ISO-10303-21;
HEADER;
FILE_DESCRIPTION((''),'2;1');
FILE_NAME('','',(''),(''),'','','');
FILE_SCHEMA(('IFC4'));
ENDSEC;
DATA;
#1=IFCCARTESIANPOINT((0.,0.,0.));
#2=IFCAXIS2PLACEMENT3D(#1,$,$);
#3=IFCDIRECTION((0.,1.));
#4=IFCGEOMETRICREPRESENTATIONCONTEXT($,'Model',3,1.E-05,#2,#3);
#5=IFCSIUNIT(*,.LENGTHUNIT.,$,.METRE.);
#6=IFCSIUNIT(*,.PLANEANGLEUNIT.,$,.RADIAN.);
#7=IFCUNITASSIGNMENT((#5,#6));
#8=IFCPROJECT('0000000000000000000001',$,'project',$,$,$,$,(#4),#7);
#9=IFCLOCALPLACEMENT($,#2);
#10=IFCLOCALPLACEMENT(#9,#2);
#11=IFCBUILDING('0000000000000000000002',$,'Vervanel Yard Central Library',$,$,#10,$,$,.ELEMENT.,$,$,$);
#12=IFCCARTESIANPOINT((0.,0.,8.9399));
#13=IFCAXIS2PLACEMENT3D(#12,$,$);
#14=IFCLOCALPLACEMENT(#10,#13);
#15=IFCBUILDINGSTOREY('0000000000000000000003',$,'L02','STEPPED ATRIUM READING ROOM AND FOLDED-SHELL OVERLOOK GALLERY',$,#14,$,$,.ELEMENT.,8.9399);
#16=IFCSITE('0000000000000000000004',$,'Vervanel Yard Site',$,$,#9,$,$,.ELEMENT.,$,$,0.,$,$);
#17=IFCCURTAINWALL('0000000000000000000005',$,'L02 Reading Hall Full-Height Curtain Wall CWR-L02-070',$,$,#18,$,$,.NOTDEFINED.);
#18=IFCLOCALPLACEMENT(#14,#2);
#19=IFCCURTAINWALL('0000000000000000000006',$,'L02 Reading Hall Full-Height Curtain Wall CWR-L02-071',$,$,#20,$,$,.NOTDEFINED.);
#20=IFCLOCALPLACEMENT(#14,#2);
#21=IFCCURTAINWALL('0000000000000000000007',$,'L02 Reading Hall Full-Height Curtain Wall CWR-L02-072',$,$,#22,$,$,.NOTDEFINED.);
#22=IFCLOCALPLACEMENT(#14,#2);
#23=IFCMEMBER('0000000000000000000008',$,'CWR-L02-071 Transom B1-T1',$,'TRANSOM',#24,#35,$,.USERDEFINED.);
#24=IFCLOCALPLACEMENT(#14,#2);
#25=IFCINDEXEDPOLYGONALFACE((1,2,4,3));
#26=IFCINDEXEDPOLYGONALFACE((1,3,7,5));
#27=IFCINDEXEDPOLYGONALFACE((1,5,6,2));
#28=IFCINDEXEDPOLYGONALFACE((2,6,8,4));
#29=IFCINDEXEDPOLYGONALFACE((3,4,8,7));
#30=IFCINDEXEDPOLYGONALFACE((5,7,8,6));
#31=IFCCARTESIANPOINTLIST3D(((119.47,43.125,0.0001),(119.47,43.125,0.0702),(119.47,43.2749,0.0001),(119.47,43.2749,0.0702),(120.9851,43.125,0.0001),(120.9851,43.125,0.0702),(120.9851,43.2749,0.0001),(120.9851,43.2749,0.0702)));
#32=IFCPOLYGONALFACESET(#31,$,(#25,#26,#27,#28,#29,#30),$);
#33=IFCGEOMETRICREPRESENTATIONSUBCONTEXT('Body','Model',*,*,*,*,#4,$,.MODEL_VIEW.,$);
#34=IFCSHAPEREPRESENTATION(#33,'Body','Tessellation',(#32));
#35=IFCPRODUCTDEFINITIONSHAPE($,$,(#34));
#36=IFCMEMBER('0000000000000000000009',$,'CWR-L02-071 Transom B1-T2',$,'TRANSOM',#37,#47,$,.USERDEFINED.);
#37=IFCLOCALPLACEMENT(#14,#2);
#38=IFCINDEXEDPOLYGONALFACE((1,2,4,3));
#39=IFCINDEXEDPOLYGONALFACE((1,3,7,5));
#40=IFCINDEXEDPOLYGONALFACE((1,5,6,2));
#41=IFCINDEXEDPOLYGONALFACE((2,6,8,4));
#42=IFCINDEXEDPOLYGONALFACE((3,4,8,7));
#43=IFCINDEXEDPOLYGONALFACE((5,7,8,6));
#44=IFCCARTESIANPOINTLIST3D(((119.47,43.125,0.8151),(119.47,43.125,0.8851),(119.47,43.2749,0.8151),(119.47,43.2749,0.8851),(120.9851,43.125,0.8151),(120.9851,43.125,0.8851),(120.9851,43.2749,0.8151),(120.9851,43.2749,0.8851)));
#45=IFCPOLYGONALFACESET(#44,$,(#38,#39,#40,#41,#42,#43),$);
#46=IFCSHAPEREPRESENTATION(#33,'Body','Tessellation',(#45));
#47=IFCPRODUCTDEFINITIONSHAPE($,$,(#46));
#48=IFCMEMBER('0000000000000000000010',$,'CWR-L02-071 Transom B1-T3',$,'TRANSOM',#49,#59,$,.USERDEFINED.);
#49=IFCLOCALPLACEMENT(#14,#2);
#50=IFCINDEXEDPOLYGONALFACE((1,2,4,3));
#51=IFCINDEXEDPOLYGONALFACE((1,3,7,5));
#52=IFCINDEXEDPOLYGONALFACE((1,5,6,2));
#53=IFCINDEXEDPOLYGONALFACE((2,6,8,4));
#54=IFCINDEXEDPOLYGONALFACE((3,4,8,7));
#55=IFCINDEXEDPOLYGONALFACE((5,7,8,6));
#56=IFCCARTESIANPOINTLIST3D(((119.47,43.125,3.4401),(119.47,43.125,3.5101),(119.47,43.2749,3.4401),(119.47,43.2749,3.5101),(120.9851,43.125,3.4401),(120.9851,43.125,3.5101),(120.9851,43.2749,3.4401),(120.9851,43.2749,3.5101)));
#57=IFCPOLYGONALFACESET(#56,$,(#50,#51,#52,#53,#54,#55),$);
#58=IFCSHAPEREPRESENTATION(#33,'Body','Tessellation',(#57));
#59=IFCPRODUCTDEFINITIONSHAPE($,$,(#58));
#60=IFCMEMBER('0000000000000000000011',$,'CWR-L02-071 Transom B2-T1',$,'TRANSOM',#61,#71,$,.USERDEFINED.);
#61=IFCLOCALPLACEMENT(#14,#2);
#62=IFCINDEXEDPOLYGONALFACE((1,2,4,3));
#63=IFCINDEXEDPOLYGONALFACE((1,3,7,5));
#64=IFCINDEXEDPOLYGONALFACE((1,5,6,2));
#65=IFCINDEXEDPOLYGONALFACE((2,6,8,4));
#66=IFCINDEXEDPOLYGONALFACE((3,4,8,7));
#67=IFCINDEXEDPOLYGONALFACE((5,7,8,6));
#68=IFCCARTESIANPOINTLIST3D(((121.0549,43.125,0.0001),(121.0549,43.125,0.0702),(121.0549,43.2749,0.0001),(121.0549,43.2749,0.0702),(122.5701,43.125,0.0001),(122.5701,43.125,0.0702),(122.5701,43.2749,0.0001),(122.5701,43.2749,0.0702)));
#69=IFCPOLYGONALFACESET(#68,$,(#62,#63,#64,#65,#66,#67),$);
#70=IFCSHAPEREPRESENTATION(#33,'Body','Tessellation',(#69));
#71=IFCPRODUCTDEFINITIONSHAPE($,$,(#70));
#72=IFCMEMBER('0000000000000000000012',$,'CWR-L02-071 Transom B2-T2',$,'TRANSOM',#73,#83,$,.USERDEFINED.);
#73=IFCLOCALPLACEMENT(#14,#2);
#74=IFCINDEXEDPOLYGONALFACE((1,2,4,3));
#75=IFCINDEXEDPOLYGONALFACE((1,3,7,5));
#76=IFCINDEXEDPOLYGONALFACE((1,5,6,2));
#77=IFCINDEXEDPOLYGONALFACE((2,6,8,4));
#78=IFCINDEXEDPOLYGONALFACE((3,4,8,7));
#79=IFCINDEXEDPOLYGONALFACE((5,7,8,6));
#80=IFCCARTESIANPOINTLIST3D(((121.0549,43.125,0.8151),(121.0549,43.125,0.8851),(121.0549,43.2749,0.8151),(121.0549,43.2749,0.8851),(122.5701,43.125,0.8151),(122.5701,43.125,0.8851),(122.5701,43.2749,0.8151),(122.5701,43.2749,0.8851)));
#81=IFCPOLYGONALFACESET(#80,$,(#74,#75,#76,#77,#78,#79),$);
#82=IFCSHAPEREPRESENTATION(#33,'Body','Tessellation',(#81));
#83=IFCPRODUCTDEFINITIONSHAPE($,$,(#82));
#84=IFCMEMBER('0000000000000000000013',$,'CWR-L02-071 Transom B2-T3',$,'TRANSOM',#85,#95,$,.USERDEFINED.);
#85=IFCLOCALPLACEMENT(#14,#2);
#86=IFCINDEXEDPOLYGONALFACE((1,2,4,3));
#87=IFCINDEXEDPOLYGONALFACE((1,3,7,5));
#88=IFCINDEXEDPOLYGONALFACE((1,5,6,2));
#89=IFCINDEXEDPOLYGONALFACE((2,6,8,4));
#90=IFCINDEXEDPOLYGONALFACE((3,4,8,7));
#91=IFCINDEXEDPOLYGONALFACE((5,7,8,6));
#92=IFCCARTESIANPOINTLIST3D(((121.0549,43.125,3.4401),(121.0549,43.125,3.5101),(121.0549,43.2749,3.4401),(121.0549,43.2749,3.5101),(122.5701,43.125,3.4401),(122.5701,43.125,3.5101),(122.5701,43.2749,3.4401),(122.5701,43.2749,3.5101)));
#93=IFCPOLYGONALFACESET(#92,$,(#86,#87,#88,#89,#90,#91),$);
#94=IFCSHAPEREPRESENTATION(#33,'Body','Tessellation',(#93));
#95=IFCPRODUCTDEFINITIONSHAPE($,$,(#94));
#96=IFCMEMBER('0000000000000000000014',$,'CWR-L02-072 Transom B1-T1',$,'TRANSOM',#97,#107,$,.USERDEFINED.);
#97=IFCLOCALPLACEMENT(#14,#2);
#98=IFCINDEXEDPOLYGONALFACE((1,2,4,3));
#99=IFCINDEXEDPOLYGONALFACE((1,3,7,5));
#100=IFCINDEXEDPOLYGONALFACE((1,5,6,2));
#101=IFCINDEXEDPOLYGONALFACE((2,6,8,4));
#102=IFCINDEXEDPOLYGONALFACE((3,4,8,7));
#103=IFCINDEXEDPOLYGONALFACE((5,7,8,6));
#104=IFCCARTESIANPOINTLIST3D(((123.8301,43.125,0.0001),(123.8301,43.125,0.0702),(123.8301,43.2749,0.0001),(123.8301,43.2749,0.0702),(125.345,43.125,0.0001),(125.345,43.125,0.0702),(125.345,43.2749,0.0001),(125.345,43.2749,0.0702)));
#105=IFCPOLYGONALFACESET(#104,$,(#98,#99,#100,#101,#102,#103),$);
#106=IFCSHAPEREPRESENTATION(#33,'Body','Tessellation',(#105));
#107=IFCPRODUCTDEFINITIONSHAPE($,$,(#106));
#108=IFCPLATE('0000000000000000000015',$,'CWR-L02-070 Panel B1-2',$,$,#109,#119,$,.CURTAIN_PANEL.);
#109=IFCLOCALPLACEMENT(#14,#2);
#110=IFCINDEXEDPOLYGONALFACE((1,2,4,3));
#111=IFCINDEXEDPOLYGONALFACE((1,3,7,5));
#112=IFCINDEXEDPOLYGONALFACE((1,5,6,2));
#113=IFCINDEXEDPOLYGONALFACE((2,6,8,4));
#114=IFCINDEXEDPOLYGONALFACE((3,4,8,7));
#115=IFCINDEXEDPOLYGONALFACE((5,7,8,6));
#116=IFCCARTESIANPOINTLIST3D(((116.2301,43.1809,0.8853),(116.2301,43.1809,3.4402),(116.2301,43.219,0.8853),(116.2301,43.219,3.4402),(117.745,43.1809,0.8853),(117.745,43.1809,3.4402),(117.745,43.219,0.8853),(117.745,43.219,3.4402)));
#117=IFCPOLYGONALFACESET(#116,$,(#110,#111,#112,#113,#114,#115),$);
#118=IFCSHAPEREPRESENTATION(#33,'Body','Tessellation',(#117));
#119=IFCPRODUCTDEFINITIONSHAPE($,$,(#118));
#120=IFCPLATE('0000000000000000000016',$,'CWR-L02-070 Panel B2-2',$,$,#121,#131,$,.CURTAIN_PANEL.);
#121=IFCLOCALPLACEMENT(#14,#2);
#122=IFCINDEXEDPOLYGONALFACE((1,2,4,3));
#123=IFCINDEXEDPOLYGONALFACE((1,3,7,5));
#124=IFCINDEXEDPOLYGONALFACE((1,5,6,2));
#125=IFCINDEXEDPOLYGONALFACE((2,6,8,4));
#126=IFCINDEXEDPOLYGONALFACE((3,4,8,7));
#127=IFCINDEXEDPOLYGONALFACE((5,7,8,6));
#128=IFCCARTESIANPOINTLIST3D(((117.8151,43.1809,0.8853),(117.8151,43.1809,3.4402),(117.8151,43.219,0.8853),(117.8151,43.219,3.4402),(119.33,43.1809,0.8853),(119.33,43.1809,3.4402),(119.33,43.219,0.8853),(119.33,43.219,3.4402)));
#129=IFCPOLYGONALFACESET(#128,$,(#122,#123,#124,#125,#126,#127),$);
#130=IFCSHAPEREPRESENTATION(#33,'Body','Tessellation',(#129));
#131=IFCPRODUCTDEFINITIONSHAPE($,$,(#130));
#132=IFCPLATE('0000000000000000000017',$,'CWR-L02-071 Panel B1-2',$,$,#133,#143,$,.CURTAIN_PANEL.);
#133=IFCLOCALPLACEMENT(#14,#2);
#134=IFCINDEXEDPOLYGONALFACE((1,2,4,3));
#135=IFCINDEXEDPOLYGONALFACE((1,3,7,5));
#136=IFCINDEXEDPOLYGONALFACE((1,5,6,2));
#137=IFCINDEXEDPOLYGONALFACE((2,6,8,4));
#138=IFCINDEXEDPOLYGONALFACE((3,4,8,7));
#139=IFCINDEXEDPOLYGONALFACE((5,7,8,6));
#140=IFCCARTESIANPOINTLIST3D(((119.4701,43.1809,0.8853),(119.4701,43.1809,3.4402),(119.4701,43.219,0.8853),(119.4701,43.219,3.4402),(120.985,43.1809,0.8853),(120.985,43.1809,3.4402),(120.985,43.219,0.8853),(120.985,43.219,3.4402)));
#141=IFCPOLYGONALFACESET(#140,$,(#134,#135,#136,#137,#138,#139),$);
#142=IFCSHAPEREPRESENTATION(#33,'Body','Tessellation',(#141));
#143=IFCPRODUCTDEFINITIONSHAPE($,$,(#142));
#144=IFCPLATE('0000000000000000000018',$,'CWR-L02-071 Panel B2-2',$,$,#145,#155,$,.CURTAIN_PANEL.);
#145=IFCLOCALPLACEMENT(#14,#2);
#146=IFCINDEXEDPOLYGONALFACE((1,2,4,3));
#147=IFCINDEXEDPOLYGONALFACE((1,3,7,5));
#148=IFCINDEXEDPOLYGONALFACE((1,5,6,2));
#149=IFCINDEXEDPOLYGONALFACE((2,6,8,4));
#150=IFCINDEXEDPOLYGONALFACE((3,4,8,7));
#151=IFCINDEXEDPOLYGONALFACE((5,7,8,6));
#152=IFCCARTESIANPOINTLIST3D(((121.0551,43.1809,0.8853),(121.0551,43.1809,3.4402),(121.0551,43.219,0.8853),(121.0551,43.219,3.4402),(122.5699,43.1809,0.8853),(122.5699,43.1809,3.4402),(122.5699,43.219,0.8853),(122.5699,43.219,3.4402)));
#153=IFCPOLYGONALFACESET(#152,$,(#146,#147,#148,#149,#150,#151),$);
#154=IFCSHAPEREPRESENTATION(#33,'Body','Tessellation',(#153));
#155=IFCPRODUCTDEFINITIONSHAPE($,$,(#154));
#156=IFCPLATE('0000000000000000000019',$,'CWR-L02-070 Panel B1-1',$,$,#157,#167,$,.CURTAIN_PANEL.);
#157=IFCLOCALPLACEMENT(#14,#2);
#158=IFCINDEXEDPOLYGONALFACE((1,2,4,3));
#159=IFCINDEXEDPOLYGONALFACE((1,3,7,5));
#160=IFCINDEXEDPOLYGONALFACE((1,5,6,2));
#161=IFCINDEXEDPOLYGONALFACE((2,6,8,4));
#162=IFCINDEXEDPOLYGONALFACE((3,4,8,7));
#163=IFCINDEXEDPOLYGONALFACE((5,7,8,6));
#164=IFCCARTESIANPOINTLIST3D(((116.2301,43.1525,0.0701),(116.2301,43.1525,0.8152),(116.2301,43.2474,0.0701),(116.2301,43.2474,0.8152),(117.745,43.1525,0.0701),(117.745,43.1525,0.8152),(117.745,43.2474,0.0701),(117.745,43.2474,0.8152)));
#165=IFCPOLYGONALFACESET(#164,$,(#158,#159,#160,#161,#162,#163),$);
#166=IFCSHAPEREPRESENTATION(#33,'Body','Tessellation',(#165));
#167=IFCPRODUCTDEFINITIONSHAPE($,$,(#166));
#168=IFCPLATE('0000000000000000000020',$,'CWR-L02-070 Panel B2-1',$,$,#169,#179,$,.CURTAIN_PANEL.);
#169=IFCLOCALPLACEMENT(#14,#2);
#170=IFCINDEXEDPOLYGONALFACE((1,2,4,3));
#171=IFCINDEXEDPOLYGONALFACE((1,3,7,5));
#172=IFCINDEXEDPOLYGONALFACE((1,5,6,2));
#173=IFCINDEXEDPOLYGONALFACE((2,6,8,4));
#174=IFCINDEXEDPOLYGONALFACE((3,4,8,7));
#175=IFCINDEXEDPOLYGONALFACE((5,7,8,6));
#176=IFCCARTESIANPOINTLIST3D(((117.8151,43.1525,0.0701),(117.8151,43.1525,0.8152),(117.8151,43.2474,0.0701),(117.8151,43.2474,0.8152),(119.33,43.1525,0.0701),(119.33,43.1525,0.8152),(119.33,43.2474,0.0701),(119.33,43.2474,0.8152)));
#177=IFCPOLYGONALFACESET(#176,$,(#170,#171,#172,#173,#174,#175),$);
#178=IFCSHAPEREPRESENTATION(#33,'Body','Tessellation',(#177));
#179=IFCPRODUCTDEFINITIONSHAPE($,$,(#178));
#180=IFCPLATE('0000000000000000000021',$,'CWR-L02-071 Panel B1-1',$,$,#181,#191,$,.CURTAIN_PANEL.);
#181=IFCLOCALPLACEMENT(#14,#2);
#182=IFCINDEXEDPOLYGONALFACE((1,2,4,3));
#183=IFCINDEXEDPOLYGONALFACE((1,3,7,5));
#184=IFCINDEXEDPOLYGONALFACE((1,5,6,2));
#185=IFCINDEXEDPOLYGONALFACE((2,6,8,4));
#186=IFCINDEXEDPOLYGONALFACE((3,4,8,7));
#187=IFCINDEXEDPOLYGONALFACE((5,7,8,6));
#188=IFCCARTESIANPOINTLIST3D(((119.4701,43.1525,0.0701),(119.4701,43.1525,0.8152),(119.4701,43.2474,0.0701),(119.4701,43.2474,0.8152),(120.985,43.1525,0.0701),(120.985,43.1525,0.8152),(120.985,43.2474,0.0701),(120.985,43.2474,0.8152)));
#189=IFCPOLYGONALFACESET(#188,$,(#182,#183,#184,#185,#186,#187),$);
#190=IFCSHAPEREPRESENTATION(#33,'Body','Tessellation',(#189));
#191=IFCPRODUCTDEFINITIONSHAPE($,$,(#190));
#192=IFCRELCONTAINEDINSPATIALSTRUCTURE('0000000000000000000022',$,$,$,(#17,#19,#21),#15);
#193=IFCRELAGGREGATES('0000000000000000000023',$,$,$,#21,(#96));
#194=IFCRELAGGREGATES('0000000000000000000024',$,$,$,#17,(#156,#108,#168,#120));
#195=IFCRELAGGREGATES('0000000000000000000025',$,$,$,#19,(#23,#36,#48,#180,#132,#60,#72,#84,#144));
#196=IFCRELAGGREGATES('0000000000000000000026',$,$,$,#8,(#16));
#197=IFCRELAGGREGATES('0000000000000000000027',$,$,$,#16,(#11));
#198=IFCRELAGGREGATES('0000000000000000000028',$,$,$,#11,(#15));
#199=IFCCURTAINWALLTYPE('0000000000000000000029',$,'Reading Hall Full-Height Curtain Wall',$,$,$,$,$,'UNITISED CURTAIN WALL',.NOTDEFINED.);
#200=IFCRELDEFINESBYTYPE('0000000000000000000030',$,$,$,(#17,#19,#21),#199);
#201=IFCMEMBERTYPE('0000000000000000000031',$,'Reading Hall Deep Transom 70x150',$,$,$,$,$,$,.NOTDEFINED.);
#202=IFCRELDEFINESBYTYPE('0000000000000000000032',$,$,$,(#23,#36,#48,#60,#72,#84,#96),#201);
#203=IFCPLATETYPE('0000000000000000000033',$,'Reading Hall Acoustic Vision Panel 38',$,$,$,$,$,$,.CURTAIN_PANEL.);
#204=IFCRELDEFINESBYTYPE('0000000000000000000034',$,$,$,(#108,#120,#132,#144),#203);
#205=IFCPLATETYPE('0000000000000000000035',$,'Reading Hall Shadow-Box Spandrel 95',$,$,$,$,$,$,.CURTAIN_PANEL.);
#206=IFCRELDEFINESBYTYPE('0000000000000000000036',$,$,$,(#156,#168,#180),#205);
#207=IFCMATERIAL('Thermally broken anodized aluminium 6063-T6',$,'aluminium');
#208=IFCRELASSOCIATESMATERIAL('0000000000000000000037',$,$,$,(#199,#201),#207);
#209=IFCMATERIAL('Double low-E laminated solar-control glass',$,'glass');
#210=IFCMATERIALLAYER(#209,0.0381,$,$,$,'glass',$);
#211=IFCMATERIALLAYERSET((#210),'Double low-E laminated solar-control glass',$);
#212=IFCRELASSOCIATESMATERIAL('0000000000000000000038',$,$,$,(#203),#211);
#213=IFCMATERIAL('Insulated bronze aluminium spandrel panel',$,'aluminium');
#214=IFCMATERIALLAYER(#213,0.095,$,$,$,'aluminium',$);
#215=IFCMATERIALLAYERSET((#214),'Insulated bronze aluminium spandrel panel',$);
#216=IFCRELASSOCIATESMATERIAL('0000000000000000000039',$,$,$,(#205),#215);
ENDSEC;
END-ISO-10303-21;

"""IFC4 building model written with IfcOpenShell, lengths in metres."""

from ifc_helpers import new_model, si_unit, direction, frame, origin, origin_2d, place, context, subcontext, project, spatial, rectangle, extrude, material, layer, layer_set, material_profile, profile_set, type_object, element, aggregate, save


model = new_model("IFC4")

# Units and contexts
model_context = context("Model", 3, precision=1e-05, world=origin(), true_north=direction((0.0, 1.0)))
body_context = subcontext(model_context, "Body", "Model", "MODEL_VIEW")
ifc_project = project(units=[si_unit("LENGTHUNIT", "METRE"), si_unit("PLANEANGLEUNIT", "RADIAN")], contexts=[model_context])

# Site, building, storey
site_placement = place(None, origin())
site = spatial("IfcSite", under=ifc_project, at=site_placement, Name="Vervanel Yard Site", CompositionType="ELEMENT", RefElevation=0.0)
building_placement = place(site_placement, origin())
building = spatial("IfcBuilding", under=site, at=building_placement, Name="Vervanel Yard Central Library", CompositionType="ELEMENT")
storey_placement = place(building_placement, frame((0.0, 0.0, 8.9399)))
storey = spatial("IfcBuildingStorey", under=building, at=storey_placement, Name="L02", Description="STEPPED ATRIUM READING ROOM AND FOLDED-SHELL OVERLOOK GALLERY", CompositionType="ELEMENT", Elevation=8.9399)

# Curtain walls
ifc_material_1 = material(Name="Thermally broken anodized aluminium 6063-T6", Category="aluminium")
curtain_wall_type = type_object("IfcCurtainWallType", Name="Reading Hall Full-Height Curtain Wall", ElementType="UNITISED CURTAIN WALL", PredefinedType="NOTDEFINED", material=ifc_material_1)
curtain_wall_1_placement = place(storey_placement, origin())
curtain_wall_1 = element("IfcCurtainWall", 1, at=curtain_wall_1_placement, inside=storey, type_object=curtain_wall_type, Name="L02 Reading Hall Full-Height Curtain Wall CWR-L02-070", PredefinedType="NOTDEFINED")
curtain_wall_2_placement = place(storey_placement, origin())
curtain_wall_2 = element("IfcCurtainWall", 2, at=curtain_wall_2_placement, inside=storey, type_object=curtain_wall_type, Name="L02 Reading Hall Full-Height Curtain Wall CWR-L02-071", PredefinedType="NOTDEFINED")

# Curtain wall
curtain_wall_3_placement = place(storey_placement, origin())
curtain_wall_3 = element("IfcCurtainWall", 3, at=curtain_wall_3_placement, inside=storey, type_object=curtain_wall_type, Name="L02 Reading Hall Full-Height Curtain Wall CWR-L02-072", PredefinedType="NOTDEFINED")

# Members
ifc_material_profile_1 = material_profile(ifc_material_1, rectangle(XDim=0.0701, YDim=0.1499, at=origin_2d()), Name="ALU 70x150", Category="aluminium")
ifc_profile_set_1 = profile_set([ifc_material_profile_1], Name="Thermally broken anodized aluminium 6063-T6")
member_type_1 = type_object("IfcMemberType", Name="Reading Hall Deep Transom 70x150", PredefinedType="NOTDEFINED", material=ifc_profile_set_1)
member_1_placement = place(storey_placement, frame((119.47, 43.2, 0.0352), z_axis=(1.0, 0.0, 0.0), x_axis=(0.0, 0.0, 1.0)))
member_1 = element("IfcMember", 4, at=member_1_placement, type_object=member_type_1, Name="CWR-L02-071 Transom B1-T1", ObjectType="TRANSOM", PredefinedType="USERDEFINED", context=body_context, shape_type="SweptSolid", body=[
    extrude(rectangle(XDim=0.0701, YDim=0.1499, at=origin_2d()), origin(), (0.0, 0.0, 1.0), 1.5151),
])
member_2_placement = place(storey_placement, frame((119.47, 43.2, 0.8501), z_axis=(1.0, 0.0, 0.0), x_axis=(0.0, 0.0, 1.0)))
member_2 = element("IfcMember", 5, at=member_2_placement, type_object=member_type_1, Name="CWR-L02-071 Transom B1-T2", ObjectType="TRANSOM", PredefinedType="USERDEFINED", context=body_context, shape_type="SweptSolid", body=[
    extrude(rectangle(XDim=0.0701, YDim=0.1499, at=origin_2d()), origin(), (0.0, 0.0, 1.0), 1.5151),
])
member_3_placement = place(storey_placement, frame((119.47, 43.2, 3.4751), z_axis=(1.0, 0.0, 0.0), x_axis=(0.0, 0.0, 1.0)))
member_3 = element("IfcMember", 6, at=member_3_placement, type_object=member_type_1, Name="CWR-L02-071 Transom B1-T3", ObjectType="TRANSOM", PredefinedType="USERDEFINED", context=body_context, shape_type="SweptSolid", body=[
    extrude(rectangle(XDim=0.0701, YDim=0.1499, at=origin_2d()), origin(), (0.0, 0.0, 1.0), 1.5151),
])
member_4_placement = place(storey_placement, frame((121.0549, 43.2, 0.0352), z_axis=(1.0, 0.0, 0.0), x_axis=(0.0, 0.0, 1.0)))
member_4 = element("IfcMember", 7, at=member_4_placement, type_object=member_type_1, Name="CWR-L02-071 Transom B2-T1", ObjectType="TRANSOM", PredefinedType="USERDEFINED", context=body_context, shape_type="SweptSolid", body=[
    extrude(rectangle(XDim=0.0701, YDim=0.1499, at=origin_2d()), origin(), (0.0, 0.0, 1.0), 1.5151),
])
member_5_placement = place(storey_placement, frame((121.0549, 43.2, 0.8501), z_axis=(1.0, 0.0, 0.0), x_axis=(0.0, 0.0, 1.0)))
member_5 = element("IfcMember", 8, at=member_5_placement, type_object=member_type_1, Name="CWR-L02-071 Transom B2-T2", ObjectType="TRANSOM", PredefinedType="USERDEFINED", context=body_context, shape_type="SweptSolid", body=[
    extrude(rectangle(XDim=0.0701, YDim=0.1499, at=origin_2d()), origin(), (0.0, 0.0, 1.0), 1.5151),
])
member_6_placement = place(storey_placement, frame((121.0549, 43.2, 3.4751), z_axis=(1.0, 0.0, 0.0), x_axis=(0.0, 0.0, 1.0)))
member_6 = element("IfcMember", 9, at=member_6_placement, type_object=member_type_1, Name="CWR-L02-071 Transom B2-T3", ObjectType="TRANSOM", PredefinedType="USERDEFINED", context=body_context, shape_type="SweptSolid", body=[
    extrude(rectangle(XDim=0.0701, YDim=0.1499, at=origin_2d()), origin(), (0.0, 0.0, 1.0), 1.5151),
])
member_7_placement = place(storey_placement, frame((123.8301, 43.2, 0.0352), z_axis=(1.0, 0.0, 0.0), x_axis=(0.0, 0.0, 1.0)))
member_7 = element("IfcMember", 10, at=member_7_placement, type_object=member_type_1, Name="CWR-L02-072 Transom B1-T1", ObjectType="TRANSOM", PredefinedType="USERDEFINED", context=body_context, shape_type="SweptSolid", body=[
    extrude(rectangle(XDim=0.0701, YDim=0.1499, at=origin_2d()), origin(), (0.0, 0.0, 1.0), 1.5149),
])
aggregate(curtain_wall_3, [member_7])

# Plates
ifc_material_2 = material(Name="Double low-E laminated solar-control glass", Category="glass")
ifc_layer_1 = layer(ifc_material_2, 0.0381, Category="glass")
ifc_layer_set_1 = layer_set([ifc_layer_1], Name="Double low-E laminated solar-control glass")
plate_type_1 = type_object("IfcPlateType", Name="Reading Hall Acoustic Vision Panel 38", PredefinedType="CURTAIN_PANEL", material=ifc_layer_set_1)
plate_1_placement = place(storey_placement, frame((116.9875, 43.2, 0.8853), z_axis=(0.0, 0.0, 1.0), x_axis=(1.0, 0.0, 0.0)))
plate_1 = element("IfcPlate", 11, at=plate_1_placement, type_object=plate_type_1, Name="CWR-L02-070 Panel B1-2", PredefinedType="CURTAIN_PANEL", context=body_context, shape_type="SweptSolid", body=[
    extrude(rectangle(XDim=1.5149, YDim=0.0381, at=origin_2d()), origin(), (0.0, 0.0, 1.0), 2.5549),
])
plate_2_placement = place(storey_placement, frame((118.5725, 43.2, 0.8853), z_axis=(0.0, 0.0, 1.0), x_axis=(1.0, 0.0, 0.0)))
plate_2 = element("IfcPlate", 12, at=plate_2_placement, type_object=plate_type_1, Name="CWR-L02-070 Panel B2-2", PredefinedType="CURTAIN_PANEL", context=body_context, shape_type="SweptSolid", body=[
    extrude(rectangle(XDim=1.5149, YDim=0.0381, at=origin_2d()), origin(), (0.0, 0.0, 1.0), 2.5549),
])
plate_3_placement = place(storey_placement, frame((120.2275, 43.2, 0.8853), z_axis=(0.0, 0.0, 1.0), x_axis=(1.0, 0.0, 0.0)))
plate_3 = element("IfcPlate", 13, at=plate_3_placement, type_object=plate_type_1, Name="CWR-L02-071 Panel B1-2", PredefinedType="CURTAIN_PANEL", context=body_context, shape_type="SweptSolid", body=[
    extrude(rectangle(XDim=1.5149, YDim=0.0381, at=origin_2d()), origin(), (0.0, 0.0, 1.0), 2.5549),
])
plate_4_placement = place(storey_placement, frame((121.8125, 43.2, 0.8853), z_axis=(0.0, 0.0, 1.0), x_axis=(1.0, 0.0, 0.0)))
plate_4 = element("IfcPlate", 14, at=plate_4_placement, type_object=plate_type_1, Name="CWR-L02-071 Panel B2-2", PredefinedType="CURTAIN_PANEL", context=body_context, shape_type="SweptSolid", body=[
    extrude(rectangle(XDim=1.5149, YDim=0.0381, at=origin_2d()), origin(), (0.0, 0.0, 1.0), 2.5549),
])
ifc_material_3 = material(Name="Insulated bronze aluminium spandrel panel", Category="aluminium")
ifc_layer_2 = layer(ifc_material_3, 0.095, Category="aluminium")
ifc_layer_set_2 = layer_set([ifc_layer_2], Name="Insulated bronze aluminium spandrel panel")
plate_type_2 = type_object("IfcPlateType", Name="Reading Hall Shadow-Box Spandrel 95", PredefinedType="CURTAIN_PANEL", material=ifc_layer_set_2)
plate_5_placement = place(storey_placement, frame((116.9875, 43.2, 0.0701), z_axis=(0.0, 0.0, 1.0), x_axis=(1.0, 0.0, 0.0)))
plate_5 = element("IfcPlate", 15, at=plate_5_placement, type_object=plate_type_2, Name="CWR-L02-070 Panel B1-1", PredefinedType="CURTAIN_PANEL", context=body_context, shape_type="SweptSolid", body=[
    extrude(rectangle(XDim=1.5149, YDim=0.095, at=origin_2d()), origin(), (0.0, 0.0, 1.0), 0.7451),
])
plate_6_placement = place(storey_placement, frame((118.5725, 43.2, 0.0701), z_axis=(0.0, 0.0, 1.0), x_axis=(1.0, 0.0, 0.0)))
plate_6 = element("IfcPlate", 16, at=plate_6_placement, type_object=plate_type_2, Name="CWR-L02-070 Panel B2-1", PredefinedType="CURTAIN_PANEL", context=body_context, shape_type="SweptSolid", body=[
    extrude(rectangle(XDim=1.5149, YDim=0.095, at=origin_2d()), origin(), (0.0, 0.0, 1.0), 0.7451),
])
aggregate(curtain_wall_1, [plate_5, plate_1, plate_6, plate_2])
plate_7_placement = place(storey_placement, frame((120.2275, 43.2, 0.0701), z_axis=(0.0, 0.0, 1.0), x_axis=(1.0, 0.0, 0.0)))
plate_7 = element("IfcPlate", 17, at=plate_7_placement, type_object=plate_type_2, Name="CWR-L02-071 Panel B1-1", PredefinedType="CURTAIN_PANEL", context=body_context, shape_type="SweptSolid", body=[
    extrude(rectangle(XDim=1.5149, YDim=0.095, at=origin_2d()), origin(), (0.0, 0.0, 1.0), 0.7451),
])
aggregate(curtain_wall_2, [member_1, member_2, member_3, plate_7, plate_3, member_4, member_5, member_6, plate_4])

save(model, "model.ifc")
